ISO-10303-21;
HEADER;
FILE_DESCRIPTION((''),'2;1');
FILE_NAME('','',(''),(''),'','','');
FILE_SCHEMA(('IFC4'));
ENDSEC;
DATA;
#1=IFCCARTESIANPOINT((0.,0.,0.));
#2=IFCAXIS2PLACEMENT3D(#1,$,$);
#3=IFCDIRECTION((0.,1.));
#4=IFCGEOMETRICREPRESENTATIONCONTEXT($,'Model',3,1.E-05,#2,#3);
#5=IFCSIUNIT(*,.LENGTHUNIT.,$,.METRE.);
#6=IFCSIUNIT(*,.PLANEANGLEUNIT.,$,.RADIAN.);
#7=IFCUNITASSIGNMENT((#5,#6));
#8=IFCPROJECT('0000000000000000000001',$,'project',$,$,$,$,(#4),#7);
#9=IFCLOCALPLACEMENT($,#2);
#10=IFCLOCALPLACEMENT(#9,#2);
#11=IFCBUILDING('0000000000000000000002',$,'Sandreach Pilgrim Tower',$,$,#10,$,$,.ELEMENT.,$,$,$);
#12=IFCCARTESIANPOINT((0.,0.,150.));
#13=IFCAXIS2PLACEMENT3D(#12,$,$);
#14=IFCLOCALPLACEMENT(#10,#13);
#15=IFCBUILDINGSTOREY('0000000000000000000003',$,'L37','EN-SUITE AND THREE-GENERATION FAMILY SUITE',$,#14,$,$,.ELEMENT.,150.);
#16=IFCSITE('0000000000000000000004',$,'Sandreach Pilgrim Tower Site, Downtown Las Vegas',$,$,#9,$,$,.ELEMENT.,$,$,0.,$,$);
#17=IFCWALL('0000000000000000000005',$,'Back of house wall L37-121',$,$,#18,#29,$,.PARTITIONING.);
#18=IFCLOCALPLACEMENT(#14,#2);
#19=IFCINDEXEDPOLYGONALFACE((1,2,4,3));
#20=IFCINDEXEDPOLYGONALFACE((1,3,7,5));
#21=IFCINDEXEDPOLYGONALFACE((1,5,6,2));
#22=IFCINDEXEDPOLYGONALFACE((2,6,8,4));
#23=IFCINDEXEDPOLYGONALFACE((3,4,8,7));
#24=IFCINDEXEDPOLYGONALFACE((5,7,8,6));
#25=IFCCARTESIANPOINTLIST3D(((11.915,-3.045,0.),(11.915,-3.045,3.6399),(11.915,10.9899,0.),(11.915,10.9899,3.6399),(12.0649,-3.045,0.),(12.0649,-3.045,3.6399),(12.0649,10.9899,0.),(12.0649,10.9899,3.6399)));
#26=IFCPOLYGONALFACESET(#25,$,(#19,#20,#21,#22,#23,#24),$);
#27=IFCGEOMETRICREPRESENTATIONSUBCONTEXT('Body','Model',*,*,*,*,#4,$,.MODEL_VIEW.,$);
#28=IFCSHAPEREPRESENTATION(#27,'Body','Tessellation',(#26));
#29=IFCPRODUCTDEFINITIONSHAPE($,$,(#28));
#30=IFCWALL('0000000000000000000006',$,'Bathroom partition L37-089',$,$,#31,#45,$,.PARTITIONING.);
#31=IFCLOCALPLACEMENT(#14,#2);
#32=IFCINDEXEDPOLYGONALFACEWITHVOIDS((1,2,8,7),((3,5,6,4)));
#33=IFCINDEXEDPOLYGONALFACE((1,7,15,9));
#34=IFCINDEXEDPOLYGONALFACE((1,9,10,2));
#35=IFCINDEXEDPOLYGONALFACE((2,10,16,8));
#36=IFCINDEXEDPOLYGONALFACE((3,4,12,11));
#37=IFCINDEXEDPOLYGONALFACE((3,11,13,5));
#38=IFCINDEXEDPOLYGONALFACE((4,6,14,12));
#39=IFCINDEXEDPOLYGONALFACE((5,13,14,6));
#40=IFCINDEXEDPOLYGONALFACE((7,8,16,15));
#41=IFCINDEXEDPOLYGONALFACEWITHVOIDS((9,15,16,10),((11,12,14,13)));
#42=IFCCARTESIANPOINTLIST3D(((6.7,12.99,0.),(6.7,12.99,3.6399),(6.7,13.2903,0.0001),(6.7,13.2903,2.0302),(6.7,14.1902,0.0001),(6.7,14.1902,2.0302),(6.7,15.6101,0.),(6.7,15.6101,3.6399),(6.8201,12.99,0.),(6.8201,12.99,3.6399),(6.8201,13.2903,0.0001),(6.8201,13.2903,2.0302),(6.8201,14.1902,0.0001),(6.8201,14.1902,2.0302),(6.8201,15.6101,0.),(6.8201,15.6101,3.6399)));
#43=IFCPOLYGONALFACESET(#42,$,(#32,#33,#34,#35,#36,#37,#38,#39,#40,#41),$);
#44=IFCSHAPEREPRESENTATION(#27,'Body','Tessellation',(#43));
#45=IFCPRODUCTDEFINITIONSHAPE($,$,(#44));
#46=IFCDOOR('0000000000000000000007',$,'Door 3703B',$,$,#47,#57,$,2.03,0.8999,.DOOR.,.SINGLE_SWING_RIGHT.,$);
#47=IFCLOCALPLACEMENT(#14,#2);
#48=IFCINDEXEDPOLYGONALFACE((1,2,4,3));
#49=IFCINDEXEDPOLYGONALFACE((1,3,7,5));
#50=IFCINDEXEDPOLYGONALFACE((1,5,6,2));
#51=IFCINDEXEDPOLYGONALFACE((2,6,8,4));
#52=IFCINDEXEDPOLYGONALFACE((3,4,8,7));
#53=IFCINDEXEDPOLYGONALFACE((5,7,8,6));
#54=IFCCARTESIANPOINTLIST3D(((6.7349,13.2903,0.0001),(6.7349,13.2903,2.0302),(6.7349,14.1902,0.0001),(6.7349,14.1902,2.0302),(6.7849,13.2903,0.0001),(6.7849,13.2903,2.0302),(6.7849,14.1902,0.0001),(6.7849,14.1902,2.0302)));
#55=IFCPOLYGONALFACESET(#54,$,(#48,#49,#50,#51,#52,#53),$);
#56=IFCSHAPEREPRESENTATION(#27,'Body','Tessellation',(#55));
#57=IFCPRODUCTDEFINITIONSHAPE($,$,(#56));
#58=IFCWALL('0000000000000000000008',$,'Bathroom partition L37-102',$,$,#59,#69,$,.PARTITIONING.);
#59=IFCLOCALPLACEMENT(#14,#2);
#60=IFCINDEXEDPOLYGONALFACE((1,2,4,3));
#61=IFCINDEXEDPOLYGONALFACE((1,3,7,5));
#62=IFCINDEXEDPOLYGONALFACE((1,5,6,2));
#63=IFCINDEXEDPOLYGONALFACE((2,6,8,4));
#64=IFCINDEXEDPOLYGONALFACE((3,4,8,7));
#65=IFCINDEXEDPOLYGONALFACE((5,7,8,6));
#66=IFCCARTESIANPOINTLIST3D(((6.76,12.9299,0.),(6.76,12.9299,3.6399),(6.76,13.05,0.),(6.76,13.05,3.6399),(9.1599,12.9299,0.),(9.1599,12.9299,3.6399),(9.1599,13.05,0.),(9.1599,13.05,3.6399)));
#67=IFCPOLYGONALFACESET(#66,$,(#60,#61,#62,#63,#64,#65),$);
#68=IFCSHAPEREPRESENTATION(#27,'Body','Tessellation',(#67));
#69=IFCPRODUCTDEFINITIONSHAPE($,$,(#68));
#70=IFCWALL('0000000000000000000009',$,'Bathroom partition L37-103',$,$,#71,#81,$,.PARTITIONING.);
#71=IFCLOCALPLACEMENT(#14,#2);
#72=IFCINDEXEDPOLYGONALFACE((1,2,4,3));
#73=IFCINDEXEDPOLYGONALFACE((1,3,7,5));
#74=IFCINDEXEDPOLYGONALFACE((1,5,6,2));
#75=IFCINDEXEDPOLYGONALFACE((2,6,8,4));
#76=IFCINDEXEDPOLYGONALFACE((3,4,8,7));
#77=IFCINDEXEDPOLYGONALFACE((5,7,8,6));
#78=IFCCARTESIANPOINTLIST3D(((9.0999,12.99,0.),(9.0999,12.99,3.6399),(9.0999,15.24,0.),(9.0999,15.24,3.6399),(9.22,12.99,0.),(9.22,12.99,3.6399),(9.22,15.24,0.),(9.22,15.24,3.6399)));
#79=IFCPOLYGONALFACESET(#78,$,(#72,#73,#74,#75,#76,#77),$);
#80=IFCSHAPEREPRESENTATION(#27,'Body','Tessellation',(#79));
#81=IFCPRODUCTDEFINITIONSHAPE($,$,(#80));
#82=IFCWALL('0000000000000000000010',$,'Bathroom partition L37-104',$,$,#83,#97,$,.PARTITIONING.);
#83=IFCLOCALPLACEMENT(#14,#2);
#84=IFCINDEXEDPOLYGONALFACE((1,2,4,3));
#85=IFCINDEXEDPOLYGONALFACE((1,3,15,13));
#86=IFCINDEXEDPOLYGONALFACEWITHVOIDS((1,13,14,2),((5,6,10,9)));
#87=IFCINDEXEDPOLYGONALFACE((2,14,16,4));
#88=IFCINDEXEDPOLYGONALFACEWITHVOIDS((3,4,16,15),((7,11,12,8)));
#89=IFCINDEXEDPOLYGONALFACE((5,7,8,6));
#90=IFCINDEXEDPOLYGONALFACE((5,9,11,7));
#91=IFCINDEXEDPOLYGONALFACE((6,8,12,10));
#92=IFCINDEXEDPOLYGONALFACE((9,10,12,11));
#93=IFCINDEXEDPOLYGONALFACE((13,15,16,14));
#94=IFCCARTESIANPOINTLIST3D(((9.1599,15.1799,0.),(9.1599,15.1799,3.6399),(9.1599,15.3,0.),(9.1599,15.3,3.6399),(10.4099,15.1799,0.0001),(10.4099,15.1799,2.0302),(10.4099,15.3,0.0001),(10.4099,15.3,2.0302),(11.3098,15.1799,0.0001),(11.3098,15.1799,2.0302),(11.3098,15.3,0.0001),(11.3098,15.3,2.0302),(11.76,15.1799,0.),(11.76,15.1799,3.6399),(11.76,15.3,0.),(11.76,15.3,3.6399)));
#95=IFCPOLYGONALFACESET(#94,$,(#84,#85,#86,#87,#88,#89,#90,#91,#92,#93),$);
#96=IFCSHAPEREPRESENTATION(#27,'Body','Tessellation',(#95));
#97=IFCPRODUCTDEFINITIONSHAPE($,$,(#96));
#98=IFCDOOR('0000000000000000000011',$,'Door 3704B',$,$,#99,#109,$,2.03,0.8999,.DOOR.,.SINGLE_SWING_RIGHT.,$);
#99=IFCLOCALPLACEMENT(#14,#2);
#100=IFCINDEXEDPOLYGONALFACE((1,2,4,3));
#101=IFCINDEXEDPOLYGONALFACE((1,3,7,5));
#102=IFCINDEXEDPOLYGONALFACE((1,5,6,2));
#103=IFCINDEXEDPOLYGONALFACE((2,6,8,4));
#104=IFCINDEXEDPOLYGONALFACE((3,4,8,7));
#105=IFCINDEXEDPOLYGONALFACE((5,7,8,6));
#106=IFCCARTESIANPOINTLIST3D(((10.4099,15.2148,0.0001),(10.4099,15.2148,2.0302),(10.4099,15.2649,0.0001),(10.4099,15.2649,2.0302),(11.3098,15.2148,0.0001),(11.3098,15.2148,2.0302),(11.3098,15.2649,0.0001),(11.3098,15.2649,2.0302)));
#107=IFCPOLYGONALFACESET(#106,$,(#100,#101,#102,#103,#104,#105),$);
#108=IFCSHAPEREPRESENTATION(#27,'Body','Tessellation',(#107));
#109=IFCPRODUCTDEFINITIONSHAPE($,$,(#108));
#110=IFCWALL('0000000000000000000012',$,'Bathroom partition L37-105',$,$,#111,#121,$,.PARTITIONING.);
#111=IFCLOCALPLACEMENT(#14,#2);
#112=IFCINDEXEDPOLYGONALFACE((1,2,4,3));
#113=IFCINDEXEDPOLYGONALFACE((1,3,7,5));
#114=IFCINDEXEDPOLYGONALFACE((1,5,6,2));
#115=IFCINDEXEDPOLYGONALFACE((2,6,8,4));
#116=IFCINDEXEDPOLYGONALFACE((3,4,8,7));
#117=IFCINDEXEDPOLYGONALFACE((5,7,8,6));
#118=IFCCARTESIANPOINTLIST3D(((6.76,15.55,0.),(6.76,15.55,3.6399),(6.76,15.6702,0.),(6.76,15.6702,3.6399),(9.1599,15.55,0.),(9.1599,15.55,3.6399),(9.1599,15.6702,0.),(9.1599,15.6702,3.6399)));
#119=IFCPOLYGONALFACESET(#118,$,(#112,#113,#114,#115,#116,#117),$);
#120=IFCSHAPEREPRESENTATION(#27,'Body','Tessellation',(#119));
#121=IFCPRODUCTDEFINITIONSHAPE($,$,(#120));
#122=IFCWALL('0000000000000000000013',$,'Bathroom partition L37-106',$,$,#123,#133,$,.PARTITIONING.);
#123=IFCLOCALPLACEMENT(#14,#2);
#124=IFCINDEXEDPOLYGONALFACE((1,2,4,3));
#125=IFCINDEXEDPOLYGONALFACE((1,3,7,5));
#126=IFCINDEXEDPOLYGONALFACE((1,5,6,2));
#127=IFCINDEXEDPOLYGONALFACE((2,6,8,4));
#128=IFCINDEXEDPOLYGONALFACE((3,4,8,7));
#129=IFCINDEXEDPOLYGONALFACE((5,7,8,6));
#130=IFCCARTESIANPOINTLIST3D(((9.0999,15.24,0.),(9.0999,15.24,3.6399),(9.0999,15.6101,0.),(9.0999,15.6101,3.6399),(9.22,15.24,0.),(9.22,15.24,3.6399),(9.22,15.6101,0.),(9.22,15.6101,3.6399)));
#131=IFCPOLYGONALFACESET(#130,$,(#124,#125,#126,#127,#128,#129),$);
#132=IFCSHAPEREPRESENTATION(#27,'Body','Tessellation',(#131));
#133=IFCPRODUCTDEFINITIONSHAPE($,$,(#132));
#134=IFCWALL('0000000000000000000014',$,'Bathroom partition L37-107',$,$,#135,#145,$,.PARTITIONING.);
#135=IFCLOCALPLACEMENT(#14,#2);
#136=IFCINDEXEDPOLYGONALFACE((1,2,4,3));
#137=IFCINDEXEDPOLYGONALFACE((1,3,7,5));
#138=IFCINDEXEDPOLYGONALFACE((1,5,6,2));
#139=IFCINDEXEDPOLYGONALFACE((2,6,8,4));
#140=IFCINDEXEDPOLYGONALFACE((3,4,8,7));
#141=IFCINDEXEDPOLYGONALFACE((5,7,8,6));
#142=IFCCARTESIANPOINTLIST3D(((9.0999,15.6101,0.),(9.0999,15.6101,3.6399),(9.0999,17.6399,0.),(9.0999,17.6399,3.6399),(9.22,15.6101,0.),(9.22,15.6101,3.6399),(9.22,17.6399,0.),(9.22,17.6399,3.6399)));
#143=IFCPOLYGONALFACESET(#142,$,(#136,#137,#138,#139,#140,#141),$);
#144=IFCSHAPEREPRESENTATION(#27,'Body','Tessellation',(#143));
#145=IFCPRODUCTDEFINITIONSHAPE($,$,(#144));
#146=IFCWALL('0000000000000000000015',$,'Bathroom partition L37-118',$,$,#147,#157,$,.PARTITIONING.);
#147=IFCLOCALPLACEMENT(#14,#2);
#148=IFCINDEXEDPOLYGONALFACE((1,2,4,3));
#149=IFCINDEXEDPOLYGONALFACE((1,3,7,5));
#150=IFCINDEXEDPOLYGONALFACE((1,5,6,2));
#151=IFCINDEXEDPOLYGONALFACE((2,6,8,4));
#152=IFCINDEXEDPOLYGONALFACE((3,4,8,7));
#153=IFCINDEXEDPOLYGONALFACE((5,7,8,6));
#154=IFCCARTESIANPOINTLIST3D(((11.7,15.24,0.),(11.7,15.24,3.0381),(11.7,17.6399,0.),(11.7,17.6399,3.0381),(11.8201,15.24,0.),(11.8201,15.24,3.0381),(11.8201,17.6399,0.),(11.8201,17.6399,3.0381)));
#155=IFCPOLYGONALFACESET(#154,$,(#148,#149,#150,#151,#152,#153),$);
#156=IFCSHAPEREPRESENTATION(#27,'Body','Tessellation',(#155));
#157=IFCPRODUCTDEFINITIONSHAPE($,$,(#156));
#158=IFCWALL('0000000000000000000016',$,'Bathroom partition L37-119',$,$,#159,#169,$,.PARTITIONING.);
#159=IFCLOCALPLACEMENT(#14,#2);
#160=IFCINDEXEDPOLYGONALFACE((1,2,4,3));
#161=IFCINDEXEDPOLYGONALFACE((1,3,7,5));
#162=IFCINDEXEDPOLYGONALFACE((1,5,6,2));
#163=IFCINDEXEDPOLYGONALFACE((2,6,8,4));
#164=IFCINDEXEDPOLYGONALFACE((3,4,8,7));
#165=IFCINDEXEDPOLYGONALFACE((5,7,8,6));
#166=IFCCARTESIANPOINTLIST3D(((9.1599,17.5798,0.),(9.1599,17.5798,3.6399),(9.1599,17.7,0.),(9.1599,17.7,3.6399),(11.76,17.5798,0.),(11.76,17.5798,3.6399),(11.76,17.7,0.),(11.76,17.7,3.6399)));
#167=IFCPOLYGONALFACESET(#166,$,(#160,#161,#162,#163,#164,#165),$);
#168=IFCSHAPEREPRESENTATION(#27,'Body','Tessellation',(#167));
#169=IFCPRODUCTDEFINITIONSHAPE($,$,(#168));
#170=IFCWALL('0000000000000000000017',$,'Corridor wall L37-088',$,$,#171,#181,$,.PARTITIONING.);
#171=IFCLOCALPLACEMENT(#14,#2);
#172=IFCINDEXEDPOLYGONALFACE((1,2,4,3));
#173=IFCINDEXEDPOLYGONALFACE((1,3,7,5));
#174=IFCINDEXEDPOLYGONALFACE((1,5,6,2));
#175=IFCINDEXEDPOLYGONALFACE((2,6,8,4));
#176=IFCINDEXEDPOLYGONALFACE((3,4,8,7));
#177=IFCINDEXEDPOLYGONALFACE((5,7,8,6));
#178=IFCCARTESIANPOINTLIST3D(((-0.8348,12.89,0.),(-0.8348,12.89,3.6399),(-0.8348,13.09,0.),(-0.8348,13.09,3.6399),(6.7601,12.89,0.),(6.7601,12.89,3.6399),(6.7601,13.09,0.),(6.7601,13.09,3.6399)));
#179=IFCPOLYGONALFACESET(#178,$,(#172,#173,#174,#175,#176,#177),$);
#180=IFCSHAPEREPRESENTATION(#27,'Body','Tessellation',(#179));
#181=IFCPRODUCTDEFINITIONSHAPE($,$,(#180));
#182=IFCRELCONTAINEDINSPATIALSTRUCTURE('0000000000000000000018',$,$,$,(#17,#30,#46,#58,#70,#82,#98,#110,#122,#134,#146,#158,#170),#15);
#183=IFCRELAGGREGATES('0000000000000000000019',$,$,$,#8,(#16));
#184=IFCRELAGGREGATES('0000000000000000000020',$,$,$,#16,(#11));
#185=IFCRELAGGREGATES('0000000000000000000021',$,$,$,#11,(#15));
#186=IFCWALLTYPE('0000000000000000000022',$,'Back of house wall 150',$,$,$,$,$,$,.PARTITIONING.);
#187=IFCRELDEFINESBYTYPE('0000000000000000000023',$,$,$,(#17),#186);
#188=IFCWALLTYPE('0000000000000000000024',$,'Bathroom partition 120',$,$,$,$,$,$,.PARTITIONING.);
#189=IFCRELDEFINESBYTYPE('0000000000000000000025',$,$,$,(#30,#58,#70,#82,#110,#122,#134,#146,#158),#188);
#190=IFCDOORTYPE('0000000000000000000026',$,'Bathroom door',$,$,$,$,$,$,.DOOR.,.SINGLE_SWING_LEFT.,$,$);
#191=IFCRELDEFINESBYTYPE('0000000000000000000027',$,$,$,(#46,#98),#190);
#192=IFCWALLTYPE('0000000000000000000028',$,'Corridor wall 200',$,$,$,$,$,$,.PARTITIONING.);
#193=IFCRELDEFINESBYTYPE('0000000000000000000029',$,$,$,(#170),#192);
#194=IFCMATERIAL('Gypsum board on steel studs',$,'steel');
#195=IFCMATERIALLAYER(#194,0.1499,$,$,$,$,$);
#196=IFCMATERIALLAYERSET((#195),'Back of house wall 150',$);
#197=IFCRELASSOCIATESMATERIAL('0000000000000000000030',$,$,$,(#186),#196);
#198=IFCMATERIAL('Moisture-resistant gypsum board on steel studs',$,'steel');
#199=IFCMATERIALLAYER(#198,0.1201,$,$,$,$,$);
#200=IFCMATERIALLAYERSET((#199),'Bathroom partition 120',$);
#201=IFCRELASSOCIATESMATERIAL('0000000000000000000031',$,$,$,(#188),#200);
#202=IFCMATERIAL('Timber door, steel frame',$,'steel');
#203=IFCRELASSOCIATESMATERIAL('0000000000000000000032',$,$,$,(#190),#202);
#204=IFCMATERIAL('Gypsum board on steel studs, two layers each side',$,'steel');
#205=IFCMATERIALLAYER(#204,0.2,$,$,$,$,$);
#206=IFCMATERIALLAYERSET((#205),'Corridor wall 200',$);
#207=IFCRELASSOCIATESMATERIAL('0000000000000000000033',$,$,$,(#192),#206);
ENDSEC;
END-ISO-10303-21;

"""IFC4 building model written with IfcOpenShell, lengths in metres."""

from ifc_helpers import new_model, si_unit, direction, frame, frame_2d, origin, place, context, subcontext, project, spatial, rectangle, extrude, material, layer, layer_set, type_object, element, fill, save


model = new_model("IFC4")

# Units and contexts
model_context = context("Model", 3, precision=1e-05, world=origin(), true_north=direction((0.0, 1.0)))
body_context = subcontext(model_context, "Body", "Model", "MODEL_VIEW")
ifc_project = project(units=[si_unit("LENGTHUNIT", "METRE"), si_unit("PLANEANGLEUNIT", "RADIAN")], contexts=[model_context])

# Site, building, storey
site_placement = place(None, origin())
site = spatial("IfcSite", under=ifc_project, at=site_placement, Name="Sandreach Pilgrim Tower Site, Downtown Las Vegas", CompositionType="ELEMENT", RefElevation=0.0)
building_placement = place(site_placement, origin())
building = spatial("IfcBuilding", under=site, at=building_placement, Name="Sandreach Pilgrim Tower", CompositionType="ELEMENT")
storey_placement = place(building_placement, frame((0.0, 0.0, 150.0)))
storey = spatial("IfcBuildingStorey", under=building, at=storey_placement, Name="L37", Description="EN-SUITE AND THREE-GENERATION FAMILY SUITE", CompositionType="ELEMENT", Elevation=150.0)

# Wall
ifc_material_1 = material(Name="Gypsum board on steel studs", Category="steel")
ifc_layer_1 = layer(ifc_material_1, 0.1499)
ifc_layer_set_1 = layer_set([ifc_layer_1], Name="Back of house wall 150")
wall_type_1 = type_object("IfcWallType", Name="Back of house wall 150", PredefinedType="PARTITIONING", material=ifc_layer_set_1)
wall_1_placement = place(storey_placement, frame((11.99, 10.99, 0.0), z_axis=(0.0, 0.0, 1.0), x_axis=(0.0, -1.0, 0.0)))
element("IfcWall", 1, at=wall_1_placement, inside=storey, type_object=wall_type_1, Name="Back of house wall L37-121", PredefinedType="PARTITIONING", context=body_context, shape_type="SweptSolid", body=[
    extrude(rectangle(XDim=14.0349, YDim=0.1499, at=frame_2d((7.0176, 0.0))), origin(), (0.0, 0.0, 1.0), 3.6399),
])

# Wall, opening, door
ifc_material_2 = material(Name="Moisture-resistant gypsum board on steel studs", Category="steel")
ifc_layer_2 = layer(ifc_material_2, 0.1201)
ifc_layer_set_2 = layer_set([ifc_layer_2], Name="Bathroom partition 120")
wall_type_2 = type_object("IfcWallType", Name="Bathroom partition 120", PredefinedType="PARTITIONING", material=ifc_layer_set_2)
wall_2_placement = place(storey_placement, frame((6.76, 15.6101, 0.0), z_axis=(0.0, 0.0, 1.0), x_axis=(0.0, -1.0, 0.0)))
wall_2 = element("IfcWall", 2, at=wall_2_placement, inside=storey, type_object=wall_type_2, Name="Bathroom partition L37-089", PredefinedType="PARTITIONING", context=body_context, shape_type="SweptSolid", body=[
    extrude(rectangle(XDim=2.6201, YDim=0.1201, at=frame_2d((1.3101, 0.0))), origin(), (0.0, 0.0, 1.0), 3.6399),
])
opening_1_placement = place(wall_2_placement, frame((1.4199, 0.0, 0.0)))
opening_1 = element("IfcOpeningElement", 3, at=opening_1_placement, cuts=wall_2, PredefinedType="OPENING", context=body_context, shape_type="SweptSolid", body=[
    extrude(rectangle(XDim=0.8999, YDim=2.03, at=frame_2d((0.45, 1.0151))), frame((0.0, 0.0601, 0.0), z_axis=(0.0, -1.0, 0.0), x_axis=(1.0, 0.0, 0.0)), (0.0, 0.0, 1.0), 0.1201),
])
ifc_material_3 = material(Name="Timber door, steel frame", Category="steel")
door_type_1 = type_object("IfcDoorType", Name="Bathroom door", OperationType="SINGLE_SWING_LEFT", PredefinedType="DOOR", material=ifc_material_3)
door_1_placement = place(opening_1_placement, origin())
door_1 = element("IfcDoor", 4, at=door_1_placement, inside=storey, type_object=door_type_1, Name="Door 3703B", OperationType="SINGLE_SWING_RIGHT", OverallHeight=2.03, OverallWidth=0.8999, PredefinedType="DOOR", context=body_context, shape_type="SweptSolid", body=[
    extrude(rectangle(XDim=0.8999, YDim=2.03, at=frame_2d((0.45, 1.0151))), frame((0.0, 0.0249, 0.0), z_axis=(0.0, -1.0, 0.0), x_axis=(1.0, 0.0, 0.0)), (0.0, 0.0, 1.0), 0.05),
])
fill(opening_1, door_1)

# Walls
wall_3_placement = place(storey_placement, frame((9.1599, 12.99, 0.0), z_axis=(0.0, 0.0, 1.0), x_axis=(-1.0, 0.0, 0.0)))
element("IfcWall", 5, at=wall_3_placement, inside=storey, type_object=wall_type_2, Name="Bathroom partition L37-102", PredefinedType="PARTITIONING", context=body_context, shape_type="SweptSolid", body=[
    extrude(rectangle(XDim=2.3999, YDim=0.1201, at=frame_2d((1.2, 0.0))), origin(), (0.0, 0.0, 1.0), 3.6399),
])
wall_4_placement = place(storey_placement, frame((9.1599, 15.24, 0.0), z_axis=(0.0, 0.0, 1.0), x_axis=(0.0, -1.0, 0.0)))
element("IfcWall", 6, at=wall_4_placement, inside=storey, type_object=wall_type_2, Name="Bathroom partition L37-103", PredefinedType="PARTITIONING", context=body_context, shape_type="SweptSolid", body=[
    extrude(rectangle(XDim=2.25, YDim=0.1201, at=frame_2d((1.125, 0.0))), origin(), (0.0, 0.0, 1.0), 3.6399),
])

# Wall, opening, door
wall_5_placement = place(storey_placement, frame((9.1599, 15.24, 0.0), z_axis=(0.0, 0.0, 1.0), x_axis=(1.0, 0.0, 0.0)))
wall_5 = element("IfcWall", 7, at=wall_5_placement, inside=storey, type_object=wall_type_2, Name="Bathroom partition L37-104", PredefinedType="PARTITIONING", context=body_context, shape_type="SweptSolid", body=[
    extrude(rectangle(XDim=2.6001, YDim=0.1201, at=frame_2d((1.3, 0.0))), origin(), (0.0, 0.0, 1.0), 3.6399),
])
opening_2_placement = place(wall_5_placement, frame((1.25, 0.0, 0.0)))
opening_2 = element("IfcOpeningElement", 8, at=opening_2_placement, cuts=wall_5, PredefinedType="OPENING", context=body_context, shape_type="SweptSolid", body=[
    extrude(rectangle(XDim=0.8999, YDim=2.03, at=frame_2d((0.45, 1.0151))), frame((0.0, 0.0601, 0.0), z_axis=(0.0, -1.0, 0.0), x_axis=(1.0, 0.0, 0.0)), (0.0, 0.0, 1.0), 0.1201),
])
door_2_placement = place(opening_2_placement, origin())
door_2 = element("IfcDoor", 9, at=door_2_placement, inside=storey, type_object=door_type_1, Name="Door 3704B", OperationType="SINGLE_SWING_RIGHT", OverallHeight=2.03, OverallWidth=0.8999, PredefinedType="DOOR", context=body_context, shape_type="SweptSolid", body=[
    extrude(rectangle(XDim=0.8999, YDim=2.03, at=frame_2d((0.45, 1.0151))), frame((0.0, 0.0249, 0.0), z_axis=(0.0, -1.0, 0.0), x_axis=(1.0, 0.0, 0.0)), (0.0, 0.0, 1.0), 0.05),
])
fill(opening_2, door_2)

# Walls
wall_6_placement = place(storey_placement, frame((9.1599, 15.6101, 0.0), z_axis=(0.0, 0.0, 1.0), x_axis=(-1.0, 0.0, 0.0)))
element("IfcWall", 10, at=wall_6_placement, inside=storey, type_object=wall_type_2, Name="Bathroom partition L37-105", PredefinedType="PARTITIONING", context=body_context, shape_type="SweptSolid", body=[
    extrude(rectangle(XDim=2.3999, YDim=0.1201, at=frame_2d((1.2, 0.0))), origin(), (0.0, 0.0, 1.0), 3.6399),
])
wall_7_placement = place(storey_placement, frame((9.1599, 15.6101, 0.0), z_axis=(0.0, 0.0, 1.0), x_axis=(0.0, -1.0, 0.0)))
element("IfcWall", 11, at=wall_7_placement, inside=storey, type_object=wall_type_2, Name="Bathroom partition L37-106", PredefinedType="PARTITIONING", context=body_context, shape_type="SweptSolid", body=[
    extrude(rectangle(XDim=0.3701, YDim=0.1201, at=frame_2d((0.1851, 0.0))), origin(), (0.0, 0.0, 1.0), 3.6399),
])
wall_8_placement = place(storey_placement, frame((9.1599, 17.6399, 0.0), z_axis=(0.0, 0.0, 1.0), x_axis=(0.0, -1.0, 0.0)))
element("IfcWall", 12, at=wall_8_placement, inside=storey, type_object=wall_type_2, Name="Bathroom partition L37-107", PredefinedType="PARTITIONING", context=body_context, shape_type="SweptSolid", body=[
    extrude(rectangle(XDim=2.0298, YDim=0.1201, at=frame_2d((1.0149, 0.0))), origin(), (0.0, 0.0, 1.0), 3.6399),
])
wall_9_placement = place(storey_placement, frame((11.76, 15.24, 0.0), z_axis=(0.0, 0.0, 1.0), x_axis=(0.0, 1.0, 0.0)))
element("IfcWall", 13, at=wall_9_placement, inside=storey, type_object=wall_type_2, Name="Bathroom partition L37-118", PredefinedType="PARTITIONING", context=body_context, shape_type="SweptSolid", body=[
    extrude(rectangle(XDim=2.3999, YDim=0.1201, at=frame_2d((1.2, 0.0))), origin(), (0.0, 0.0, 1.0), 3.0381),
])
wall_10_placement = place(storey_placement, frame((11.76, 17.6399, 0.0), z_axis=(0.0, 0.0, 1.0), x_axis=(-1.0, 0.0, 0.0)))
element("IfcWall", 14, at=wall_10_placement, inside=storey, type_object=wall_type_2, Name="Bathroom partition L37-119", PredefinedType="PARTITIONING", context=body_context, shape_type="SweptSolid", body=[
    extrude(rectangle(XDim=2.6001, YDim=0.1201, at=frame_2d((1.3, 0.0))), origin(), (0.0, 0.0, 1.0), 3.6399),
])
ifc_material_4 = material(Name="Gypsum board on steel studs, two layers each side", Category="steel")
ifc_layer_3 = layer(ifc_material_4, 0.2)
ifc_layer_set_3 = layer_set([ifc_layer_3], Name="Corridor wall 200")
wall_type_3 = type_object("IfcWallType", Name="Corridor wall 200", PredefinedType="PARTITIONING", material=ifc_layer_set_3)
wall_11_placement = place(storey_placement, frame((6.76, 12.99, 0.0), z_axis=(0.0, 0.0, 1.0), x_axis=(-1.0, 0.0, 0.0)))
element("IfcWall", 15, at=wall_11_placement, inside=storey, type_object=wall_type_3, Name="Corridor wall L37-088", PredefinedType="PARTITIONING", context=body_context, shape_type="SweptSolid", body=[
    extrude(rectangle(XDim=7.595, YDim=0.2, at=frame_2d((3.7974, 0.0))), origin(), (0.0, 0.0, 1.0), 3.6399),
])

save(model, "model.ifc")
